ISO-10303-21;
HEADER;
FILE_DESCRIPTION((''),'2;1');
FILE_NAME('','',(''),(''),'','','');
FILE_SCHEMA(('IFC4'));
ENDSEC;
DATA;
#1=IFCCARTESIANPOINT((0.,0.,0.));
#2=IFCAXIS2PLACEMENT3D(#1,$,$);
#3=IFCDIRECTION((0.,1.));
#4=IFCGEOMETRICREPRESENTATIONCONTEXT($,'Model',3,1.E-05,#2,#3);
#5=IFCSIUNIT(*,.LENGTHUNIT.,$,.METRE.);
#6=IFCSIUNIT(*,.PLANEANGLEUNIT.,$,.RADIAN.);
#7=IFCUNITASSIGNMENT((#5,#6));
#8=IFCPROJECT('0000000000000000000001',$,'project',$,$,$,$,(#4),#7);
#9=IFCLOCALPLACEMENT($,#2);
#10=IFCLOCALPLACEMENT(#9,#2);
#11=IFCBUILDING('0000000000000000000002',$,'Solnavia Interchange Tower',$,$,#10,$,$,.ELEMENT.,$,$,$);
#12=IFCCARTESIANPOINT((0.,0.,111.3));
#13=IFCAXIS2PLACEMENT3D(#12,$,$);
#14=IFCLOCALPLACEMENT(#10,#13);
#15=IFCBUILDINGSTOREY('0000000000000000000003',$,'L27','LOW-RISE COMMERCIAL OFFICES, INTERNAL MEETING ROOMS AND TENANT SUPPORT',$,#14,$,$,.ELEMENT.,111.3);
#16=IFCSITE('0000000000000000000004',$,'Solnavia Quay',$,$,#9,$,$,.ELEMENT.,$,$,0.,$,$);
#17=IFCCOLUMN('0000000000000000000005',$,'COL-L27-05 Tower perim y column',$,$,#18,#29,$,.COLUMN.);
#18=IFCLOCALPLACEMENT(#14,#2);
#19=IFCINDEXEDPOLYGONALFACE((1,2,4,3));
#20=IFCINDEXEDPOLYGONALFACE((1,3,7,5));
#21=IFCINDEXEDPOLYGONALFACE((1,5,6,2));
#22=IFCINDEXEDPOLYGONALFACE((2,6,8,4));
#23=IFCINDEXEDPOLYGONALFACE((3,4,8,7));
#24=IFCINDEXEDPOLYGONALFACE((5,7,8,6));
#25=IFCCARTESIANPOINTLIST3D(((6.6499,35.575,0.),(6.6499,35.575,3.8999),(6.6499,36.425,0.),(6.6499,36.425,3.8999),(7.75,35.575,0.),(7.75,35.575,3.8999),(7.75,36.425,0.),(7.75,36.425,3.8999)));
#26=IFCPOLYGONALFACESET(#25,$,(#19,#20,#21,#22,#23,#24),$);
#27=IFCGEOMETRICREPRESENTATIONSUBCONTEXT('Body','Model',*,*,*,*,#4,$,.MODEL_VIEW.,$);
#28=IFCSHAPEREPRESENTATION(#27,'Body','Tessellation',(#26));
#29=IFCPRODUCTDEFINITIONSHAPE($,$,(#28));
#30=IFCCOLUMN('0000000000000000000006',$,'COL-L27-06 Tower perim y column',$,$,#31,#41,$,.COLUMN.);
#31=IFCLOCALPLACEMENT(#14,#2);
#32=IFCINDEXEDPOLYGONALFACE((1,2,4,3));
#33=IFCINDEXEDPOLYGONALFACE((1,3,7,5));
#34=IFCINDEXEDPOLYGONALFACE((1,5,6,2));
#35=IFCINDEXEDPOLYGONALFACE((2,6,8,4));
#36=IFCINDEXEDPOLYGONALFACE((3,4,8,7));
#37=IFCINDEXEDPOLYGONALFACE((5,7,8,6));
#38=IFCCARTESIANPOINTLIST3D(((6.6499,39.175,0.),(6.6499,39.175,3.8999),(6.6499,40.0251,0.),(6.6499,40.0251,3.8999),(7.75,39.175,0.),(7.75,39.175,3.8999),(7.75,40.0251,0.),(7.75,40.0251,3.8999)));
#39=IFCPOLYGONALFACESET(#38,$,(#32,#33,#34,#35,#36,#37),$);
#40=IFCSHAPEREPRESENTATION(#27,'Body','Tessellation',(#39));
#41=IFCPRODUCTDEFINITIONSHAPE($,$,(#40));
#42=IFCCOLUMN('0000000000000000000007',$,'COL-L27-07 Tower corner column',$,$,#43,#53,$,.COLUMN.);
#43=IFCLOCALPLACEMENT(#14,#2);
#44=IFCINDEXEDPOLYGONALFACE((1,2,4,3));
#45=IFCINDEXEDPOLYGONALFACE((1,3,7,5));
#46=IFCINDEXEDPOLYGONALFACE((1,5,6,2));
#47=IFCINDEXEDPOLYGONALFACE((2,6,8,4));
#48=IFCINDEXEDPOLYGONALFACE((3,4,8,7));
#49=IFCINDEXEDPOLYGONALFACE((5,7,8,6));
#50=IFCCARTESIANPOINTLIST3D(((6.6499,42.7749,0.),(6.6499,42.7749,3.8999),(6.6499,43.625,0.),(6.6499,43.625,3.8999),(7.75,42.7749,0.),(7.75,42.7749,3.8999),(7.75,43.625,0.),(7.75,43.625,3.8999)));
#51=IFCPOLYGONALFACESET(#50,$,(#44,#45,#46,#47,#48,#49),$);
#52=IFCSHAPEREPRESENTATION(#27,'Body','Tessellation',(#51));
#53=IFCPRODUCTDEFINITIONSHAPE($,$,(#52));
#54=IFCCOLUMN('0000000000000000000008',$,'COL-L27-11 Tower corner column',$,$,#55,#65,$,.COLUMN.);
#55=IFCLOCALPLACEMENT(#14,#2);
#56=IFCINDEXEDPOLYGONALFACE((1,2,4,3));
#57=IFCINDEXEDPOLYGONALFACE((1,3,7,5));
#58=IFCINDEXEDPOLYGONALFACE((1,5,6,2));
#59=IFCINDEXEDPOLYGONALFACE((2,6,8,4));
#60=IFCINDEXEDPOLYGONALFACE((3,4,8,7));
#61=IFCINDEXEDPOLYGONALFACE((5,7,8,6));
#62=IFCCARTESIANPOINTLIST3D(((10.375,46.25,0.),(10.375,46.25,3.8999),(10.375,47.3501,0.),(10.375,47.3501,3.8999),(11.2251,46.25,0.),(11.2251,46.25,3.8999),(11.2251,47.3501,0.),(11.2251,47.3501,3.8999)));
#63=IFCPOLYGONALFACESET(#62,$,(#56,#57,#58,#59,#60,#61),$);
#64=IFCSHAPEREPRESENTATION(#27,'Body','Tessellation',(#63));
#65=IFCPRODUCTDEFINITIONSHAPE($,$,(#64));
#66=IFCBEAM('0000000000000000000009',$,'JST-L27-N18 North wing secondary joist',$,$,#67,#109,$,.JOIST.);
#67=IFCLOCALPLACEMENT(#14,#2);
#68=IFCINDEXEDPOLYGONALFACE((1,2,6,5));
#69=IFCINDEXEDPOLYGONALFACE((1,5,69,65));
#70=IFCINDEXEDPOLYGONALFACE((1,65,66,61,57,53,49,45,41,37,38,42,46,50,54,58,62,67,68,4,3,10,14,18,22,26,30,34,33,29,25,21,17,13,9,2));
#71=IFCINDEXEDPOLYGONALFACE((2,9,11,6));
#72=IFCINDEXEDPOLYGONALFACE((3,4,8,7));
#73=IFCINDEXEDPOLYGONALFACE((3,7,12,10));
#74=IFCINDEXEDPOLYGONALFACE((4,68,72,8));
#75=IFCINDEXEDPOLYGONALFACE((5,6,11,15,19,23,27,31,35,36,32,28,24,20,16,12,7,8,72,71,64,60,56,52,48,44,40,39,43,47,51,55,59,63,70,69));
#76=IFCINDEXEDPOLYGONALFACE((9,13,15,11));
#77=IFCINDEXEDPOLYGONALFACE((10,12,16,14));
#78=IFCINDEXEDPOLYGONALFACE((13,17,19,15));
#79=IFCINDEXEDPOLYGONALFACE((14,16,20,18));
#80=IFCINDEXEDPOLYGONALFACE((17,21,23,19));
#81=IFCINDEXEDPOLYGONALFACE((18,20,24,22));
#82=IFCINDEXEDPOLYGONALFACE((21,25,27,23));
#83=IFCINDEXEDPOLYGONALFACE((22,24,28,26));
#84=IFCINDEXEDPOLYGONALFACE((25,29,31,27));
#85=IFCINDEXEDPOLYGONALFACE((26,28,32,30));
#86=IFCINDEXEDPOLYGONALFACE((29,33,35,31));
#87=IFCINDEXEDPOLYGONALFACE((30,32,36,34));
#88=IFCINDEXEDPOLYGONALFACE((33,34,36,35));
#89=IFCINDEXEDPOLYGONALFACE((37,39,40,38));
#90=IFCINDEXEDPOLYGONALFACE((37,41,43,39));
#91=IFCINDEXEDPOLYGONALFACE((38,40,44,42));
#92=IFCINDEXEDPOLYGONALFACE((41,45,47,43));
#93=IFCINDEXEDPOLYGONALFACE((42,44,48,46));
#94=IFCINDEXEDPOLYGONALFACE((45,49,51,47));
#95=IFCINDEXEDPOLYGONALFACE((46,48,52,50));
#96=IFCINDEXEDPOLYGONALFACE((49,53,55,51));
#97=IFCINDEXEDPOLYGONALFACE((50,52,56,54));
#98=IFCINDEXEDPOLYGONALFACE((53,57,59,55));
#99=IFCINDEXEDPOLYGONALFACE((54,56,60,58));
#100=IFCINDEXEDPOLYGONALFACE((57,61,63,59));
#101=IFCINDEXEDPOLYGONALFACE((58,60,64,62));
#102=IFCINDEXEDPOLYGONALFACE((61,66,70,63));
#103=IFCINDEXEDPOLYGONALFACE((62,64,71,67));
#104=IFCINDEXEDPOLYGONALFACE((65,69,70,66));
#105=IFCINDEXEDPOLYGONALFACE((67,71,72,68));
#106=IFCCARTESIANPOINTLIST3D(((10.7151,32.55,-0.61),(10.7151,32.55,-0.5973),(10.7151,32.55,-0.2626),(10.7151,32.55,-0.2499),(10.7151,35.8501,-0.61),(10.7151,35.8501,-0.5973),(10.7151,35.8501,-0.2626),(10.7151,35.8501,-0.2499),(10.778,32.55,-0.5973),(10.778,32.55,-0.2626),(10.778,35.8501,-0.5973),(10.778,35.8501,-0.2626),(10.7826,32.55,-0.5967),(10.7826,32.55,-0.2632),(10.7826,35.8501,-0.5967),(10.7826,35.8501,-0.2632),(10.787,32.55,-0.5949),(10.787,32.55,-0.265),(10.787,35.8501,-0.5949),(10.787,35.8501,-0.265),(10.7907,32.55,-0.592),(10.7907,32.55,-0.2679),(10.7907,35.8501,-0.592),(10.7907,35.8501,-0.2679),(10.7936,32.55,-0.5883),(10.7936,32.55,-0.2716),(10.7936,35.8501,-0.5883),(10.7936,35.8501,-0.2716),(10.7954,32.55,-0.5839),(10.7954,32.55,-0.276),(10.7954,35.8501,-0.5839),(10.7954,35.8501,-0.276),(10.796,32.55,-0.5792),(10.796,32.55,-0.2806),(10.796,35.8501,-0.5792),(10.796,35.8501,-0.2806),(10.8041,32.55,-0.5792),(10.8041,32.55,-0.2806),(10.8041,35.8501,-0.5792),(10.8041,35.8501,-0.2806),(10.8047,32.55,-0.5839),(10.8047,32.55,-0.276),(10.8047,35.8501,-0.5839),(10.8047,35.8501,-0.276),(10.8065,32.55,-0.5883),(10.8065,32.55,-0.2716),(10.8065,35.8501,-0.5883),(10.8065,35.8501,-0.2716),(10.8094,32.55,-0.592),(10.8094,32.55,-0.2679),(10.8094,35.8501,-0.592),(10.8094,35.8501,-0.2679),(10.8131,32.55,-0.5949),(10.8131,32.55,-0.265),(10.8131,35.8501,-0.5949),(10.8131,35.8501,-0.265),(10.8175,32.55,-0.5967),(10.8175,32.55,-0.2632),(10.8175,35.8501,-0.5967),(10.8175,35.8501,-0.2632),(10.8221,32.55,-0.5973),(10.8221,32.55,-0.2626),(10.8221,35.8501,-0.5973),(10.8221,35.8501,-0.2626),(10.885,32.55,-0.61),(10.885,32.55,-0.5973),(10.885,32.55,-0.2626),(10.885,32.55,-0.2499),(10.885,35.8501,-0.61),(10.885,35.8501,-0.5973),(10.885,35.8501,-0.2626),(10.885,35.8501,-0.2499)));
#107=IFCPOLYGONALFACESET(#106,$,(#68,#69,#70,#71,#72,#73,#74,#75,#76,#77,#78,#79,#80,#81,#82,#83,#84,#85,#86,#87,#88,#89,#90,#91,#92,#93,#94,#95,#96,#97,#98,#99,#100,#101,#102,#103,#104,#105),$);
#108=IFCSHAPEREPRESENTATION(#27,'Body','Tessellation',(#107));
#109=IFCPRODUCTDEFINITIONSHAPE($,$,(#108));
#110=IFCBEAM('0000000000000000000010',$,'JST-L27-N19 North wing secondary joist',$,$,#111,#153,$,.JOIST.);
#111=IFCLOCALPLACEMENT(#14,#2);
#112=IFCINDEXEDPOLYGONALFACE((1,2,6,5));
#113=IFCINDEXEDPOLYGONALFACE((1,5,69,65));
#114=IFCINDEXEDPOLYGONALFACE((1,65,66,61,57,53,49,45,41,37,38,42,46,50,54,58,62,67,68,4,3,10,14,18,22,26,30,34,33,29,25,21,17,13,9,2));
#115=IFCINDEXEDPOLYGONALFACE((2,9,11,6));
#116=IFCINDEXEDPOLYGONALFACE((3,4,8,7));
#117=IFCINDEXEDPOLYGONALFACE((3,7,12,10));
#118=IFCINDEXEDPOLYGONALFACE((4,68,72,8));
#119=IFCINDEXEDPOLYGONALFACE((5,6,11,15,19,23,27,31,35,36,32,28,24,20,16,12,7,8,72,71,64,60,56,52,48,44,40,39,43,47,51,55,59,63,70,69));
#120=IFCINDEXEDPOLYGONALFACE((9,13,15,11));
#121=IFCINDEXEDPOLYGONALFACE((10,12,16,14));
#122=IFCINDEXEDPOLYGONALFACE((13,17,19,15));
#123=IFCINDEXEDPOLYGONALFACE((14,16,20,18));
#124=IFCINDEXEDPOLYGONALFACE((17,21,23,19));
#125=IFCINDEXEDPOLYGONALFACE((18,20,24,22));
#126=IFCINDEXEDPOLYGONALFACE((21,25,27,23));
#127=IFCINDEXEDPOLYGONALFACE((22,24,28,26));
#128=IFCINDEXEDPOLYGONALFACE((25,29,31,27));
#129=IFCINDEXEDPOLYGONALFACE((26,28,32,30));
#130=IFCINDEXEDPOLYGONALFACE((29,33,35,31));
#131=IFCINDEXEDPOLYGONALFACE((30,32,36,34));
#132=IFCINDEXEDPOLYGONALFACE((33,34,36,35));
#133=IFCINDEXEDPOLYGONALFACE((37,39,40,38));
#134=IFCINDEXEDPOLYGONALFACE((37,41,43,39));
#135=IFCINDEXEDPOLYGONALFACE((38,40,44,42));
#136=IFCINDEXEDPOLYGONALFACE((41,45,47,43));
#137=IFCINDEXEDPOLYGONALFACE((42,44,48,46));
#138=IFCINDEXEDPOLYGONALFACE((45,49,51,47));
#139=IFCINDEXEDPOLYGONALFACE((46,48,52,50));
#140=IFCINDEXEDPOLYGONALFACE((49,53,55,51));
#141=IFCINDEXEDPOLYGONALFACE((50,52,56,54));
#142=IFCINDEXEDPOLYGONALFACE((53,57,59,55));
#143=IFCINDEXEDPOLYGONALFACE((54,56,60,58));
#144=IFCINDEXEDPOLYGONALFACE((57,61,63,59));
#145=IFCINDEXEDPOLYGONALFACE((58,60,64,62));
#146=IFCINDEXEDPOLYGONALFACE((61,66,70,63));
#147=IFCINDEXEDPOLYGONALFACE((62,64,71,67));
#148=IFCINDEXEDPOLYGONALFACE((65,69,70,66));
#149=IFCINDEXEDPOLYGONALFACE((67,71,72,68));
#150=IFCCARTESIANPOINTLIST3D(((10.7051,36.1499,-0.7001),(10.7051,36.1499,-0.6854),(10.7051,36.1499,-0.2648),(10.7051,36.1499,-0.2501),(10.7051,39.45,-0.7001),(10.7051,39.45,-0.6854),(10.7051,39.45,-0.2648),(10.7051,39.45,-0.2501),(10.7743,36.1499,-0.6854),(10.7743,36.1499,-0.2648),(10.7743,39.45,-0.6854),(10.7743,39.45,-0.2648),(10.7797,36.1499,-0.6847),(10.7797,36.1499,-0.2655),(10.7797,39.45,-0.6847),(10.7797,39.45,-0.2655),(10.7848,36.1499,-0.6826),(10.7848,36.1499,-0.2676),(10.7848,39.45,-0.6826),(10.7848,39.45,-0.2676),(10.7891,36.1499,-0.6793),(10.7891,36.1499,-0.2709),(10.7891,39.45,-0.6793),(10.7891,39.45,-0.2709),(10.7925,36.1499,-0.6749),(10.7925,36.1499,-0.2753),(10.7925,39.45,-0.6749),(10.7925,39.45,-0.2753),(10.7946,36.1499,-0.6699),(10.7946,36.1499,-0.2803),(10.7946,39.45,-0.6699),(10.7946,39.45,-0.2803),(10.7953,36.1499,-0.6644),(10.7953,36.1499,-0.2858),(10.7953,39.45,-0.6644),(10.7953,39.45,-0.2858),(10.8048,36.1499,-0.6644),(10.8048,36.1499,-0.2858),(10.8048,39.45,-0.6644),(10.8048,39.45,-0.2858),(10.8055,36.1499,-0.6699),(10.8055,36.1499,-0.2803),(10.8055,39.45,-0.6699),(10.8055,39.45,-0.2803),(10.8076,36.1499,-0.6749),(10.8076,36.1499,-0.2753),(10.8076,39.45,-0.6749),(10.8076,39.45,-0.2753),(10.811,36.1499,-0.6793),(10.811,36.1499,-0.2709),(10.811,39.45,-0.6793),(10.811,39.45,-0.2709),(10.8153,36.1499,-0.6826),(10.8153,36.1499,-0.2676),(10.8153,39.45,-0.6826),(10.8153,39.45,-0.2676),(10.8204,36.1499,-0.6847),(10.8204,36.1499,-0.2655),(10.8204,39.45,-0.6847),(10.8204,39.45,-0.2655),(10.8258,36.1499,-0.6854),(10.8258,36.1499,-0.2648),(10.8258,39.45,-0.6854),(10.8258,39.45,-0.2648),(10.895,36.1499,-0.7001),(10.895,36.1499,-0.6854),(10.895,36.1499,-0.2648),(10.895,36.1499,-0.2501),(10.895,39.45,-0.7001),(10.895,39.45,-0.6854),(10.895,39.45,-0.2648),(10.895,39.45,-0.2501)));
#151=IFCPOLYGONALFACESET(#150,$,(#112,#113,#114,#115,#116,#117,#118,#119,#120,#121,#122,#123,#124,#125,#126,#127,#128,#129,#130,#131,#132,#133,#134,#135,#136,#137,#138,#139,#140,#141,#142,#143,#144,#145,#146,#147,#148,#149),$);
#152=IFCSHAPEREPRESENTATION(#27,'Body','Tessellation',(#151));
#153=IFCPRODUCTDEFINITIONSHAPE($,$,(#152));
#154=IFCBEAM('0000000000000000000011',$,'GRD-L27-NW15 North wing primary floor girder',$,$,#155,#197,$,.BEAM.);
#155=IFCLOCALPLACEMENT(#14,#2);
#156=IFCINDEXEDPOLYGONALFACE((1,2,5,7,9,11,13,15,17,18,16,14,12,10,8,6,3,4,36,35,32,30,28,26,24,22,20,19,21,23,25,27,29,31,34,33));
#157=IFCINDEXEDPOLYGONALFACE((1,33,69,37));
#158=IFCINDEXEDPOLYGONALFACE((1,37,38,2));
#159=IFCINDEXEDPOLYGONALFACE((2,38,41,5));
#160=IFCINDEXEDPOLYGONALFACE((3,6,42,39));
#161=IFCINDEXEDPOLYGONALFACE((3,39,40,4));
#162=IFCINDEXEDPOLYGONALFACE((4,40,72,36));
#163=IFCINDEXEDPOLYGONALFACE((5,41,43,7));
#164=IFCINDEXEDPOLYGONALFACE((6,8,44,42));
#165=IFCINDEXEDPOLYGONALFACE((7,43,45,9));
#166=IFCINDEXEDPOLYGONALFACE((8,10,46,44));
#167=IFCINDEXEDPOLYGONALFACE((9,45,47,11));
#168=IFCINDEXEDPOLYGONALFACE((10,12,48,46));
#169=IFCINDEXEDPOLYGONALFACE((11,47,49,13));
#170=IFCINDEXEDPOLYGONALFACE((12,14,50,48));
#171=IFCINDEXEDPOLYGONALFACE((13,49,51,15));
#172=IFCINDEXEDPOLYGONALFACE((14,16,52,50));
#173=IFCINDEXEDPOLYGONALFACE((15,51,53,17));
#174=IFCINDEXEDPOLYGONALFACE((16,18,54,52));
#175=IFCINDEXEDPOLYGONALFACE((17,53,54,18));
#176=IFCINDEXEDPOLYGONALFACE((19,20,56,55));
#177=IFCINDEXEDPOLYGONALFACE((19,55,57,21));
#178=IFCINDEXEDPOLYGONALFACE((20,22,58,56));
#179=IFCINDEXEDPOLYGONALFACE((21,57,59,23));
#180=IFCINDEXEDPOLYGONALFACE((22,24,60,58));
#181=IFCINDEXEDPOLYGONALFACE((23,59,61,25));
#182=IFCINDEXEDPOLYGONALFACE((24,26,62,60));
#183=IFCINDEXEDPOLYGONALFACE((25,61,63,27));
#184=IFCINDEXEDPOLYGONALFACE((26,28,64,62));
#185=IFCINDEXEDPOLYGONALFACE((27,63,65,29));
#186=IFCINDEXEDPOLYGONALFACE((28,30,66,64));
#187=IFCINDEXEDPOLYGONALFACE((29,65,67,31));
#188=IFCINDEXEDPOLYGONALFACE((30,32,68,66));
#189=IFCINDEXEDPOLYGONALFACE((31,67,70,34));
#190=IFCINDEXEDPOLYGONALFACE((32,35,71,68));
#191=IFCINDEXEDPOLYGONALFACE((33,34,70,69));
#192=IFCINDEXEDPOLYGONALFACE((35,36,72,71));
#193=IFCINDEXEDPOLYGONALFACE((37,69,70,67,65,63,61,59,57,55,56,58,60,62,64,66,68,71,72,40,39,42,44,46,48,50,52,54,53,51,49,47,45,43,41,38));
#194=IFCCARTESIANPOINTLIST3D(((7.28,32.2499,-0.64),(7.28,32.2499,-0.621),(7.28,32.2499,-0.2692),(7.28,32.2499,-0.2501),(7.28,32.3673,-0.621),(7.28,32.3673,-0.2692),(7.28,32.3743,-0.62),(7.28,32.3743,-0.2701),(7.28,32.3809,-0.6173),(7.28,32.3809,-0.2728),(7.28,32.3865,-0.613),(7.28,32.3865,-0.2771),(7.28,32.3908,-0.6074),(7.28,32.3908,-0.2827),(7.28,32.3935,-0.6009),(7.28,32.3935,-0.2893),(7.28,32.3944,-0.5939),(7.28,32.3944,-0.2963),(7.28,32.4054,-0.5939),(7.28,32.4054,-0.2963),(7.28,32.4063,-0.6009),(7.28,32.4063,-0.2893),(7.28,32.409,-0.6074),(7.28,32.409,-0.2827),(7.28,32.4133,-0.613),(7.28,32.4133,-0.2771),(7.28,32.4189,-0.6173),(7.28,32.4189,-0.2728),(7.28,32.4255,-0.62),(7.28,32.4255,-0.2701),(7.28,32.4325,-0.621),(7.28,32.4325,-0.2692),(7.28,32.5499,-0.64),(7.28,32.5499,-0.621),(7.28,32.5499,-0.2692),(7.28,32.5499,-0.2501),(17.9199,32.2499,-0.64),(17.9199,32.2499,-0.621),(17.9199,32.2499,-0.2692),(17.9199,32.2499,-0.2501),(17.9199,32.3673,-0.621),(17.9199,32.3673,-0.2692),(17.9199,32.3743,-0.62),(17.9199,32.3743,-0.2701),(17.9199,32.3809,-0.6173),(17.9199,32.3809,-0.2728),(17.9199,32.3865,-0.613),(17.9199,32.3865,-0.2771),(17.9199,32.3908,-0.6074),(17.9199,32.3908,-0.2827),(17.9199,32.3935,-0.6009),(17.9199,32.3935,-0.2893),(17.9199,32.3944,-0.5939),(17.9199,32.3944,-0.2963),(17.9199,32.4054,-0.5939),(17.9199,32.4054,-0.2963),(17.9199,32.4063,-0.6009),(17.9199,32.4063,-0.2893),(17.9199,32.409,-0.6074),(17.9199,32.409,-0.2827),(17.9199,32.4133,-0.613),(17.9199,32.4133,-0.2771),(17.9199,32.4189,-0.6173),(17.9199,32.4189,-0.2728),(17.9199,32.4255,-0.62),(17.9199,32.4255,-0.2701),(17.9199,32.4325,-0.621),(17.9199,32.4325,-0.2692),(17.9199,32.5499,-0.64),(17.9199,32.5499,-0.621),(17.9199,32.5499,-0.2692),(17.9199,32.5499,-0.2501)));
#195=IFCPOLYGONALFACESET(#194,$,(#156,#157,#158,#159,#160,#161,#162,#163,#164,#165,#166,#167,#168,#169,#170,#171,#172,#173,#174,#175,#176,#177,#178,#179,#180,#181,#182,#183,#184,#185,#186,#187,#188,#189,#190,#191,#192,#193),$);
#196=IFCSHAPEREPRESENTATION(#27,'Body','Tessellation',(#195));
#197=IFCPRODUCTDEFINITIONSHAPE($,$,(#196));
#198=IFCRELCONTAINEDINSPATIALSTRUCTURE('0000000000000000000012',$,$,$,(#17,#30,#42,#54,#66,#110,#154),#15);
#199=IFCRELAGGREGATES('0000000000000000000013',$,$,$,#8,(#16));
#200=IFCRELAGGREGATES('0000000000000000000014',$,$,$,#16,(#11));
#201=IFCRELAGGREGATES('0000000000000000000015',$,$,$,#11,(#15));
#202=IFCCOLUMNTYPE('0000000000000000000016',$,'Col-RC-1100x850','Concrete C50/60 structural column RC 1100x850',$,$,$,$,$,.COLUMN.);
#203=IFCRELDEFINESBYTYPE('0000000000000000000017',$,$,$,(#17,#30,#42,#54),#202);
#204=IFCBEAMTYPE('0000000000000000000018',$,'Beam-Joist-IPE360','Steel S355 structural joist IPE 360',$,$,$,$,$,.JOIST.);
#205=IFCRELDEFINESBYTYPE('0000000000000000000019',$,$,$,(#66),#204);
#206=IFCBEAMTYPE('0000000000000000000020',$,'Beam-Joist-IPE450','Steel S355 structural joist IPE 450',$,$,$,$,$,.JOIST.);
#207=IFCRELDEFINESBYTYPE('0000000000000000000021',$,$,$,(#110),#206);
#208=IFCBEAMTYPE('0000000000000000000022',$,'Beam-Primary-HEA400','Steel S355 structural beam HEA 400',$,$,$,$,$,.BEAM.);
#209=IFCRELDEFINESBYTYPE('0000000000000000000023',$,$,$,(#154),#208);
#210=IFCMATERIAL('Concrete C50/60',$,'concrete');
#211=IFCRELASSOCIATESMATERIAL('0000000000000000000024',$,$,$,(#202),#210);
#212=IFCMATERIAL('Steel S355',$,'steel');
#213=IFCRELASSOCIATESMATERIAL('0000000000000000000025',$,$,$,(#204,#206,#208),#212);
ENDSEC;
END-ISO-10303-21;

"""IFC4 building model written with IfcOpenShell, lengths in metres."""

from ifc_helpers import new_model, si_unit, direction, frame, origin, origin_2d, place, context, subcontext, project, spatial, rectangle, i_section, extrude, material, material_profile, profile_set, type_object, element, save


model = new_model("IFC4")

# Units and contexts
model_context = context("Model", 3, precision=1e-05, world=origin(), true_north=direction((0.0, 1.0)))
body_context = subcontext(model_context, "Body", "Model", "MODEL_VIEW")
ifc_project = project(units=[si_unit("LENGTHUNIT", "METRE"), si_unit("PLANEANGLEUNIT", "RADIAN")], contexts=[model_context])

# Site, building, storey
site_placement = place(None, origin())
site = spatial("IfcSite", under=ifc_project, at=site_placement, Name="Solnavia Quay", CompositionType="ELEMENT", RefElevation=0.0)
building_placement = place(site_placement, origin())
building = spatial("IfcBuilding", under=site, at=building_placement, Name="Solnavia Interchange Tower", CompositionType="ELEMENT")
storey_placement = place(building_placement, frame((0.0, 0.0, 111.3)))
storey = spatial("IfcBuildingStorey", under=building, at=storey_placement, Name="L27", Description="LOW-RISE COMMERCIAL OFFICES, INTERNAL MEETING ROOMS AND TENANT SUPPORT", CompositionType="ELEMENT", Elevation=111.3)

# Columns
ifc_material_1 = material(Name="Concrete C50/60", Category="concrete")
ifc_material_profile_1 = material_profile(ifc_material_1, rectangle(XDim=0.8501, YDim=1.1001, at=origin_2d()), Name="RC 1100x850")
ifc_profile_set_1 = profile_set([ifc_material_profile_1], Name="Concrete C50/60")
column_type = type_object("IfcColumnType", Name="Col-RC-1100x850", Description="Concrete C50/60 structural column RC 1100x850", PredefinedType="COLUMN", material=ifc_profile_set_1)
for number, where, z_axis, x_axis, name in (
    (1, (7.2, 36.0, 0.0), (0.0, 0.0, 1.0), (0.0, 1.0, 0.0), "COL-L27-05 Tower perim y column"),
    (2, (7.2, 39.6001, 0.0), (0.0, 0.0, 1.0), (0.0, 1.0, 0.0), "COL-L27-06 Tower perim y column"),
    (3, (7.2, 43.2, 0.0), (0.0, 0.0, 1.0), (0.0, 1.0, 0.0), "COL-L27-07 Tower corner column"),
    (4, (10.8, 46.8, 0.0), (0.0, 0.0, 1.0), (1.0, 0.0, 0.0), "COL-L27-11 Tower corner column"),
):
    element("IfcColumn", number, at=place(storey_placement, frame(where, z_axis=z_axis, x_axis=x_axis)), inside=storey, type_object=column_type, Name=name, PredefinedType="COLUMN", context=body_context, shape_type="SweptSolid", body=[
        extrude(rectangle(XDim=0.8501, YDim=1.1001, at=origin_2d()), origin(), (0.0, 0.0, 1.0), 3.8999),
    ])

# Beams
ifc_material_2 = material(Name="Steel S355", Category="steel")
ifc_material_profile_2 = material_profile(ifc_material_2, i_section(OverallWidth=0.1699, OverallDepth=0.3601, WebThickness=0.0081, FlangeThickness=0.0127, FilletRadius=0.0181, at=origin_2d()), Name="IPE 360")
ifc_profile_set_2 = profile_set([ifc_material_profile_2], Name="Steel S355")
beam_type_1 = type_object("IfcBeamType", Name="Beam-Joist-IPE360", Description="Steel S355 structural joist IPE 360", PredefinedType="JOIST", material=ifc_profile_set_2)
beam_1_placement = place(storey_placement, frame((10.8, 32.55, -0.4299), z_axis=(0.0, 1.0, 0.0), x_axis=(-1.0, 0.0, 0.0)))
element("IfcBeam", 5, at=beam_1_placement, inside=storey, type_object=beam_type_1, Name="JST-L27-N18 North wing secondary joist", PredefinedType="JOIST", context=body_context, shape_type="SweptSolid", body=[
    extrude(i_section(OverallWidth=0.1699, OverallDepth=0.3601, WebThickness=0.0081, FlangeThickness=0.0127, FilletRadius=0.0181, at=origin_2d()), origin(), (0.0, 0.0, 1.0), 3.3),
])
ifc_material_profile_3 = material_profile(ifc_material_2, i_section(OverallWidth=0.1899, OverallDepth=0.45, WebThickness=0.0095, FlangeThickness=0.0146, FilletRadius=0.021, at=origin_2d()), Name="IPE 450")
ifc_profile_set_3 = profile_set([ifc_material_profile_3], Name="Steel S355")
beam_type_2 = type_object("IfcBeamType", Name="Beam-Joist-IPE450", Description="Steel S355 structural joist IPE 450", PredefinedType="JOIST", material=ifc_profile_set_3)
beam_2_placement = place(storey_placement, frame((10.8, 36.1499, -0.4751), z_axis=(0.0, 1.0, 0.0), x_axis=(-1.0, 0.0, 0.0)))
element("IfcBeam", 6, at=beam_2_placement, inside=storey, type_object=beam_type_2, Name="JST-L27-N19 North wing secondary joist", PredefinedType="JOIST", context=body_context, shape_type="SweptSolid", body=[
    extrude(i_section(OverallWidth=0.1899, OverallDepth=0.45, WebThickness=0.0095, FlangeThickness=0.0146, FilletRadius=0.021, at=origin_2d()), origin(), (0.0, 0.0, 1.0), 3.3),
])
ifc_material_profile_4 = material_profile(ifc_material_2, i_section(OverallWidth=0.3, OverallDepth=0.3899, WebThickness=0.011, FlangeThickness=0.019, FilletRadius=0.0271, at=origin_2d()), Name="HEA 400")
ifc_profile_set_4 = profile_set([ifc_material_profile_4], Name="Steel S355")
beam_type_3 = type_object("IfcBeamType", Name="Beam-Primary-HEA400", Description="Steel S355 structural beam HEA 400", PredefinedType="BEAM", material=ifc_profile_set_4)
for number, where, z_axis, x_axis, name in (
    (7, (7.28, 32.3999, -0.4451), (1.0, 0.0, 0.0), (0.0, 1.0, 0.0), "GRD-L27-NW15 North wing primary floor girder"),
):
    element("IfcBeam", number, at=place(storey_placement, frame(where, z_axis=z_axis, x_axis=x_axis)), inside=storey, type_object=beam_type_3, Name=name, PredefinedType="BEAM", context=body_context, shape_type="SweptSolid", body=[
        extrude(i_section(OverallWidth=0.3, OverallDepth=0.3899, WebThickness=0.011, FlangeThickness=0.019, FilletRadius=0.0271, at=origin_2d()), origin(), (0.0, 0.0, 1.0), 10.6399),
    ])

save(model, "model.ifc")
